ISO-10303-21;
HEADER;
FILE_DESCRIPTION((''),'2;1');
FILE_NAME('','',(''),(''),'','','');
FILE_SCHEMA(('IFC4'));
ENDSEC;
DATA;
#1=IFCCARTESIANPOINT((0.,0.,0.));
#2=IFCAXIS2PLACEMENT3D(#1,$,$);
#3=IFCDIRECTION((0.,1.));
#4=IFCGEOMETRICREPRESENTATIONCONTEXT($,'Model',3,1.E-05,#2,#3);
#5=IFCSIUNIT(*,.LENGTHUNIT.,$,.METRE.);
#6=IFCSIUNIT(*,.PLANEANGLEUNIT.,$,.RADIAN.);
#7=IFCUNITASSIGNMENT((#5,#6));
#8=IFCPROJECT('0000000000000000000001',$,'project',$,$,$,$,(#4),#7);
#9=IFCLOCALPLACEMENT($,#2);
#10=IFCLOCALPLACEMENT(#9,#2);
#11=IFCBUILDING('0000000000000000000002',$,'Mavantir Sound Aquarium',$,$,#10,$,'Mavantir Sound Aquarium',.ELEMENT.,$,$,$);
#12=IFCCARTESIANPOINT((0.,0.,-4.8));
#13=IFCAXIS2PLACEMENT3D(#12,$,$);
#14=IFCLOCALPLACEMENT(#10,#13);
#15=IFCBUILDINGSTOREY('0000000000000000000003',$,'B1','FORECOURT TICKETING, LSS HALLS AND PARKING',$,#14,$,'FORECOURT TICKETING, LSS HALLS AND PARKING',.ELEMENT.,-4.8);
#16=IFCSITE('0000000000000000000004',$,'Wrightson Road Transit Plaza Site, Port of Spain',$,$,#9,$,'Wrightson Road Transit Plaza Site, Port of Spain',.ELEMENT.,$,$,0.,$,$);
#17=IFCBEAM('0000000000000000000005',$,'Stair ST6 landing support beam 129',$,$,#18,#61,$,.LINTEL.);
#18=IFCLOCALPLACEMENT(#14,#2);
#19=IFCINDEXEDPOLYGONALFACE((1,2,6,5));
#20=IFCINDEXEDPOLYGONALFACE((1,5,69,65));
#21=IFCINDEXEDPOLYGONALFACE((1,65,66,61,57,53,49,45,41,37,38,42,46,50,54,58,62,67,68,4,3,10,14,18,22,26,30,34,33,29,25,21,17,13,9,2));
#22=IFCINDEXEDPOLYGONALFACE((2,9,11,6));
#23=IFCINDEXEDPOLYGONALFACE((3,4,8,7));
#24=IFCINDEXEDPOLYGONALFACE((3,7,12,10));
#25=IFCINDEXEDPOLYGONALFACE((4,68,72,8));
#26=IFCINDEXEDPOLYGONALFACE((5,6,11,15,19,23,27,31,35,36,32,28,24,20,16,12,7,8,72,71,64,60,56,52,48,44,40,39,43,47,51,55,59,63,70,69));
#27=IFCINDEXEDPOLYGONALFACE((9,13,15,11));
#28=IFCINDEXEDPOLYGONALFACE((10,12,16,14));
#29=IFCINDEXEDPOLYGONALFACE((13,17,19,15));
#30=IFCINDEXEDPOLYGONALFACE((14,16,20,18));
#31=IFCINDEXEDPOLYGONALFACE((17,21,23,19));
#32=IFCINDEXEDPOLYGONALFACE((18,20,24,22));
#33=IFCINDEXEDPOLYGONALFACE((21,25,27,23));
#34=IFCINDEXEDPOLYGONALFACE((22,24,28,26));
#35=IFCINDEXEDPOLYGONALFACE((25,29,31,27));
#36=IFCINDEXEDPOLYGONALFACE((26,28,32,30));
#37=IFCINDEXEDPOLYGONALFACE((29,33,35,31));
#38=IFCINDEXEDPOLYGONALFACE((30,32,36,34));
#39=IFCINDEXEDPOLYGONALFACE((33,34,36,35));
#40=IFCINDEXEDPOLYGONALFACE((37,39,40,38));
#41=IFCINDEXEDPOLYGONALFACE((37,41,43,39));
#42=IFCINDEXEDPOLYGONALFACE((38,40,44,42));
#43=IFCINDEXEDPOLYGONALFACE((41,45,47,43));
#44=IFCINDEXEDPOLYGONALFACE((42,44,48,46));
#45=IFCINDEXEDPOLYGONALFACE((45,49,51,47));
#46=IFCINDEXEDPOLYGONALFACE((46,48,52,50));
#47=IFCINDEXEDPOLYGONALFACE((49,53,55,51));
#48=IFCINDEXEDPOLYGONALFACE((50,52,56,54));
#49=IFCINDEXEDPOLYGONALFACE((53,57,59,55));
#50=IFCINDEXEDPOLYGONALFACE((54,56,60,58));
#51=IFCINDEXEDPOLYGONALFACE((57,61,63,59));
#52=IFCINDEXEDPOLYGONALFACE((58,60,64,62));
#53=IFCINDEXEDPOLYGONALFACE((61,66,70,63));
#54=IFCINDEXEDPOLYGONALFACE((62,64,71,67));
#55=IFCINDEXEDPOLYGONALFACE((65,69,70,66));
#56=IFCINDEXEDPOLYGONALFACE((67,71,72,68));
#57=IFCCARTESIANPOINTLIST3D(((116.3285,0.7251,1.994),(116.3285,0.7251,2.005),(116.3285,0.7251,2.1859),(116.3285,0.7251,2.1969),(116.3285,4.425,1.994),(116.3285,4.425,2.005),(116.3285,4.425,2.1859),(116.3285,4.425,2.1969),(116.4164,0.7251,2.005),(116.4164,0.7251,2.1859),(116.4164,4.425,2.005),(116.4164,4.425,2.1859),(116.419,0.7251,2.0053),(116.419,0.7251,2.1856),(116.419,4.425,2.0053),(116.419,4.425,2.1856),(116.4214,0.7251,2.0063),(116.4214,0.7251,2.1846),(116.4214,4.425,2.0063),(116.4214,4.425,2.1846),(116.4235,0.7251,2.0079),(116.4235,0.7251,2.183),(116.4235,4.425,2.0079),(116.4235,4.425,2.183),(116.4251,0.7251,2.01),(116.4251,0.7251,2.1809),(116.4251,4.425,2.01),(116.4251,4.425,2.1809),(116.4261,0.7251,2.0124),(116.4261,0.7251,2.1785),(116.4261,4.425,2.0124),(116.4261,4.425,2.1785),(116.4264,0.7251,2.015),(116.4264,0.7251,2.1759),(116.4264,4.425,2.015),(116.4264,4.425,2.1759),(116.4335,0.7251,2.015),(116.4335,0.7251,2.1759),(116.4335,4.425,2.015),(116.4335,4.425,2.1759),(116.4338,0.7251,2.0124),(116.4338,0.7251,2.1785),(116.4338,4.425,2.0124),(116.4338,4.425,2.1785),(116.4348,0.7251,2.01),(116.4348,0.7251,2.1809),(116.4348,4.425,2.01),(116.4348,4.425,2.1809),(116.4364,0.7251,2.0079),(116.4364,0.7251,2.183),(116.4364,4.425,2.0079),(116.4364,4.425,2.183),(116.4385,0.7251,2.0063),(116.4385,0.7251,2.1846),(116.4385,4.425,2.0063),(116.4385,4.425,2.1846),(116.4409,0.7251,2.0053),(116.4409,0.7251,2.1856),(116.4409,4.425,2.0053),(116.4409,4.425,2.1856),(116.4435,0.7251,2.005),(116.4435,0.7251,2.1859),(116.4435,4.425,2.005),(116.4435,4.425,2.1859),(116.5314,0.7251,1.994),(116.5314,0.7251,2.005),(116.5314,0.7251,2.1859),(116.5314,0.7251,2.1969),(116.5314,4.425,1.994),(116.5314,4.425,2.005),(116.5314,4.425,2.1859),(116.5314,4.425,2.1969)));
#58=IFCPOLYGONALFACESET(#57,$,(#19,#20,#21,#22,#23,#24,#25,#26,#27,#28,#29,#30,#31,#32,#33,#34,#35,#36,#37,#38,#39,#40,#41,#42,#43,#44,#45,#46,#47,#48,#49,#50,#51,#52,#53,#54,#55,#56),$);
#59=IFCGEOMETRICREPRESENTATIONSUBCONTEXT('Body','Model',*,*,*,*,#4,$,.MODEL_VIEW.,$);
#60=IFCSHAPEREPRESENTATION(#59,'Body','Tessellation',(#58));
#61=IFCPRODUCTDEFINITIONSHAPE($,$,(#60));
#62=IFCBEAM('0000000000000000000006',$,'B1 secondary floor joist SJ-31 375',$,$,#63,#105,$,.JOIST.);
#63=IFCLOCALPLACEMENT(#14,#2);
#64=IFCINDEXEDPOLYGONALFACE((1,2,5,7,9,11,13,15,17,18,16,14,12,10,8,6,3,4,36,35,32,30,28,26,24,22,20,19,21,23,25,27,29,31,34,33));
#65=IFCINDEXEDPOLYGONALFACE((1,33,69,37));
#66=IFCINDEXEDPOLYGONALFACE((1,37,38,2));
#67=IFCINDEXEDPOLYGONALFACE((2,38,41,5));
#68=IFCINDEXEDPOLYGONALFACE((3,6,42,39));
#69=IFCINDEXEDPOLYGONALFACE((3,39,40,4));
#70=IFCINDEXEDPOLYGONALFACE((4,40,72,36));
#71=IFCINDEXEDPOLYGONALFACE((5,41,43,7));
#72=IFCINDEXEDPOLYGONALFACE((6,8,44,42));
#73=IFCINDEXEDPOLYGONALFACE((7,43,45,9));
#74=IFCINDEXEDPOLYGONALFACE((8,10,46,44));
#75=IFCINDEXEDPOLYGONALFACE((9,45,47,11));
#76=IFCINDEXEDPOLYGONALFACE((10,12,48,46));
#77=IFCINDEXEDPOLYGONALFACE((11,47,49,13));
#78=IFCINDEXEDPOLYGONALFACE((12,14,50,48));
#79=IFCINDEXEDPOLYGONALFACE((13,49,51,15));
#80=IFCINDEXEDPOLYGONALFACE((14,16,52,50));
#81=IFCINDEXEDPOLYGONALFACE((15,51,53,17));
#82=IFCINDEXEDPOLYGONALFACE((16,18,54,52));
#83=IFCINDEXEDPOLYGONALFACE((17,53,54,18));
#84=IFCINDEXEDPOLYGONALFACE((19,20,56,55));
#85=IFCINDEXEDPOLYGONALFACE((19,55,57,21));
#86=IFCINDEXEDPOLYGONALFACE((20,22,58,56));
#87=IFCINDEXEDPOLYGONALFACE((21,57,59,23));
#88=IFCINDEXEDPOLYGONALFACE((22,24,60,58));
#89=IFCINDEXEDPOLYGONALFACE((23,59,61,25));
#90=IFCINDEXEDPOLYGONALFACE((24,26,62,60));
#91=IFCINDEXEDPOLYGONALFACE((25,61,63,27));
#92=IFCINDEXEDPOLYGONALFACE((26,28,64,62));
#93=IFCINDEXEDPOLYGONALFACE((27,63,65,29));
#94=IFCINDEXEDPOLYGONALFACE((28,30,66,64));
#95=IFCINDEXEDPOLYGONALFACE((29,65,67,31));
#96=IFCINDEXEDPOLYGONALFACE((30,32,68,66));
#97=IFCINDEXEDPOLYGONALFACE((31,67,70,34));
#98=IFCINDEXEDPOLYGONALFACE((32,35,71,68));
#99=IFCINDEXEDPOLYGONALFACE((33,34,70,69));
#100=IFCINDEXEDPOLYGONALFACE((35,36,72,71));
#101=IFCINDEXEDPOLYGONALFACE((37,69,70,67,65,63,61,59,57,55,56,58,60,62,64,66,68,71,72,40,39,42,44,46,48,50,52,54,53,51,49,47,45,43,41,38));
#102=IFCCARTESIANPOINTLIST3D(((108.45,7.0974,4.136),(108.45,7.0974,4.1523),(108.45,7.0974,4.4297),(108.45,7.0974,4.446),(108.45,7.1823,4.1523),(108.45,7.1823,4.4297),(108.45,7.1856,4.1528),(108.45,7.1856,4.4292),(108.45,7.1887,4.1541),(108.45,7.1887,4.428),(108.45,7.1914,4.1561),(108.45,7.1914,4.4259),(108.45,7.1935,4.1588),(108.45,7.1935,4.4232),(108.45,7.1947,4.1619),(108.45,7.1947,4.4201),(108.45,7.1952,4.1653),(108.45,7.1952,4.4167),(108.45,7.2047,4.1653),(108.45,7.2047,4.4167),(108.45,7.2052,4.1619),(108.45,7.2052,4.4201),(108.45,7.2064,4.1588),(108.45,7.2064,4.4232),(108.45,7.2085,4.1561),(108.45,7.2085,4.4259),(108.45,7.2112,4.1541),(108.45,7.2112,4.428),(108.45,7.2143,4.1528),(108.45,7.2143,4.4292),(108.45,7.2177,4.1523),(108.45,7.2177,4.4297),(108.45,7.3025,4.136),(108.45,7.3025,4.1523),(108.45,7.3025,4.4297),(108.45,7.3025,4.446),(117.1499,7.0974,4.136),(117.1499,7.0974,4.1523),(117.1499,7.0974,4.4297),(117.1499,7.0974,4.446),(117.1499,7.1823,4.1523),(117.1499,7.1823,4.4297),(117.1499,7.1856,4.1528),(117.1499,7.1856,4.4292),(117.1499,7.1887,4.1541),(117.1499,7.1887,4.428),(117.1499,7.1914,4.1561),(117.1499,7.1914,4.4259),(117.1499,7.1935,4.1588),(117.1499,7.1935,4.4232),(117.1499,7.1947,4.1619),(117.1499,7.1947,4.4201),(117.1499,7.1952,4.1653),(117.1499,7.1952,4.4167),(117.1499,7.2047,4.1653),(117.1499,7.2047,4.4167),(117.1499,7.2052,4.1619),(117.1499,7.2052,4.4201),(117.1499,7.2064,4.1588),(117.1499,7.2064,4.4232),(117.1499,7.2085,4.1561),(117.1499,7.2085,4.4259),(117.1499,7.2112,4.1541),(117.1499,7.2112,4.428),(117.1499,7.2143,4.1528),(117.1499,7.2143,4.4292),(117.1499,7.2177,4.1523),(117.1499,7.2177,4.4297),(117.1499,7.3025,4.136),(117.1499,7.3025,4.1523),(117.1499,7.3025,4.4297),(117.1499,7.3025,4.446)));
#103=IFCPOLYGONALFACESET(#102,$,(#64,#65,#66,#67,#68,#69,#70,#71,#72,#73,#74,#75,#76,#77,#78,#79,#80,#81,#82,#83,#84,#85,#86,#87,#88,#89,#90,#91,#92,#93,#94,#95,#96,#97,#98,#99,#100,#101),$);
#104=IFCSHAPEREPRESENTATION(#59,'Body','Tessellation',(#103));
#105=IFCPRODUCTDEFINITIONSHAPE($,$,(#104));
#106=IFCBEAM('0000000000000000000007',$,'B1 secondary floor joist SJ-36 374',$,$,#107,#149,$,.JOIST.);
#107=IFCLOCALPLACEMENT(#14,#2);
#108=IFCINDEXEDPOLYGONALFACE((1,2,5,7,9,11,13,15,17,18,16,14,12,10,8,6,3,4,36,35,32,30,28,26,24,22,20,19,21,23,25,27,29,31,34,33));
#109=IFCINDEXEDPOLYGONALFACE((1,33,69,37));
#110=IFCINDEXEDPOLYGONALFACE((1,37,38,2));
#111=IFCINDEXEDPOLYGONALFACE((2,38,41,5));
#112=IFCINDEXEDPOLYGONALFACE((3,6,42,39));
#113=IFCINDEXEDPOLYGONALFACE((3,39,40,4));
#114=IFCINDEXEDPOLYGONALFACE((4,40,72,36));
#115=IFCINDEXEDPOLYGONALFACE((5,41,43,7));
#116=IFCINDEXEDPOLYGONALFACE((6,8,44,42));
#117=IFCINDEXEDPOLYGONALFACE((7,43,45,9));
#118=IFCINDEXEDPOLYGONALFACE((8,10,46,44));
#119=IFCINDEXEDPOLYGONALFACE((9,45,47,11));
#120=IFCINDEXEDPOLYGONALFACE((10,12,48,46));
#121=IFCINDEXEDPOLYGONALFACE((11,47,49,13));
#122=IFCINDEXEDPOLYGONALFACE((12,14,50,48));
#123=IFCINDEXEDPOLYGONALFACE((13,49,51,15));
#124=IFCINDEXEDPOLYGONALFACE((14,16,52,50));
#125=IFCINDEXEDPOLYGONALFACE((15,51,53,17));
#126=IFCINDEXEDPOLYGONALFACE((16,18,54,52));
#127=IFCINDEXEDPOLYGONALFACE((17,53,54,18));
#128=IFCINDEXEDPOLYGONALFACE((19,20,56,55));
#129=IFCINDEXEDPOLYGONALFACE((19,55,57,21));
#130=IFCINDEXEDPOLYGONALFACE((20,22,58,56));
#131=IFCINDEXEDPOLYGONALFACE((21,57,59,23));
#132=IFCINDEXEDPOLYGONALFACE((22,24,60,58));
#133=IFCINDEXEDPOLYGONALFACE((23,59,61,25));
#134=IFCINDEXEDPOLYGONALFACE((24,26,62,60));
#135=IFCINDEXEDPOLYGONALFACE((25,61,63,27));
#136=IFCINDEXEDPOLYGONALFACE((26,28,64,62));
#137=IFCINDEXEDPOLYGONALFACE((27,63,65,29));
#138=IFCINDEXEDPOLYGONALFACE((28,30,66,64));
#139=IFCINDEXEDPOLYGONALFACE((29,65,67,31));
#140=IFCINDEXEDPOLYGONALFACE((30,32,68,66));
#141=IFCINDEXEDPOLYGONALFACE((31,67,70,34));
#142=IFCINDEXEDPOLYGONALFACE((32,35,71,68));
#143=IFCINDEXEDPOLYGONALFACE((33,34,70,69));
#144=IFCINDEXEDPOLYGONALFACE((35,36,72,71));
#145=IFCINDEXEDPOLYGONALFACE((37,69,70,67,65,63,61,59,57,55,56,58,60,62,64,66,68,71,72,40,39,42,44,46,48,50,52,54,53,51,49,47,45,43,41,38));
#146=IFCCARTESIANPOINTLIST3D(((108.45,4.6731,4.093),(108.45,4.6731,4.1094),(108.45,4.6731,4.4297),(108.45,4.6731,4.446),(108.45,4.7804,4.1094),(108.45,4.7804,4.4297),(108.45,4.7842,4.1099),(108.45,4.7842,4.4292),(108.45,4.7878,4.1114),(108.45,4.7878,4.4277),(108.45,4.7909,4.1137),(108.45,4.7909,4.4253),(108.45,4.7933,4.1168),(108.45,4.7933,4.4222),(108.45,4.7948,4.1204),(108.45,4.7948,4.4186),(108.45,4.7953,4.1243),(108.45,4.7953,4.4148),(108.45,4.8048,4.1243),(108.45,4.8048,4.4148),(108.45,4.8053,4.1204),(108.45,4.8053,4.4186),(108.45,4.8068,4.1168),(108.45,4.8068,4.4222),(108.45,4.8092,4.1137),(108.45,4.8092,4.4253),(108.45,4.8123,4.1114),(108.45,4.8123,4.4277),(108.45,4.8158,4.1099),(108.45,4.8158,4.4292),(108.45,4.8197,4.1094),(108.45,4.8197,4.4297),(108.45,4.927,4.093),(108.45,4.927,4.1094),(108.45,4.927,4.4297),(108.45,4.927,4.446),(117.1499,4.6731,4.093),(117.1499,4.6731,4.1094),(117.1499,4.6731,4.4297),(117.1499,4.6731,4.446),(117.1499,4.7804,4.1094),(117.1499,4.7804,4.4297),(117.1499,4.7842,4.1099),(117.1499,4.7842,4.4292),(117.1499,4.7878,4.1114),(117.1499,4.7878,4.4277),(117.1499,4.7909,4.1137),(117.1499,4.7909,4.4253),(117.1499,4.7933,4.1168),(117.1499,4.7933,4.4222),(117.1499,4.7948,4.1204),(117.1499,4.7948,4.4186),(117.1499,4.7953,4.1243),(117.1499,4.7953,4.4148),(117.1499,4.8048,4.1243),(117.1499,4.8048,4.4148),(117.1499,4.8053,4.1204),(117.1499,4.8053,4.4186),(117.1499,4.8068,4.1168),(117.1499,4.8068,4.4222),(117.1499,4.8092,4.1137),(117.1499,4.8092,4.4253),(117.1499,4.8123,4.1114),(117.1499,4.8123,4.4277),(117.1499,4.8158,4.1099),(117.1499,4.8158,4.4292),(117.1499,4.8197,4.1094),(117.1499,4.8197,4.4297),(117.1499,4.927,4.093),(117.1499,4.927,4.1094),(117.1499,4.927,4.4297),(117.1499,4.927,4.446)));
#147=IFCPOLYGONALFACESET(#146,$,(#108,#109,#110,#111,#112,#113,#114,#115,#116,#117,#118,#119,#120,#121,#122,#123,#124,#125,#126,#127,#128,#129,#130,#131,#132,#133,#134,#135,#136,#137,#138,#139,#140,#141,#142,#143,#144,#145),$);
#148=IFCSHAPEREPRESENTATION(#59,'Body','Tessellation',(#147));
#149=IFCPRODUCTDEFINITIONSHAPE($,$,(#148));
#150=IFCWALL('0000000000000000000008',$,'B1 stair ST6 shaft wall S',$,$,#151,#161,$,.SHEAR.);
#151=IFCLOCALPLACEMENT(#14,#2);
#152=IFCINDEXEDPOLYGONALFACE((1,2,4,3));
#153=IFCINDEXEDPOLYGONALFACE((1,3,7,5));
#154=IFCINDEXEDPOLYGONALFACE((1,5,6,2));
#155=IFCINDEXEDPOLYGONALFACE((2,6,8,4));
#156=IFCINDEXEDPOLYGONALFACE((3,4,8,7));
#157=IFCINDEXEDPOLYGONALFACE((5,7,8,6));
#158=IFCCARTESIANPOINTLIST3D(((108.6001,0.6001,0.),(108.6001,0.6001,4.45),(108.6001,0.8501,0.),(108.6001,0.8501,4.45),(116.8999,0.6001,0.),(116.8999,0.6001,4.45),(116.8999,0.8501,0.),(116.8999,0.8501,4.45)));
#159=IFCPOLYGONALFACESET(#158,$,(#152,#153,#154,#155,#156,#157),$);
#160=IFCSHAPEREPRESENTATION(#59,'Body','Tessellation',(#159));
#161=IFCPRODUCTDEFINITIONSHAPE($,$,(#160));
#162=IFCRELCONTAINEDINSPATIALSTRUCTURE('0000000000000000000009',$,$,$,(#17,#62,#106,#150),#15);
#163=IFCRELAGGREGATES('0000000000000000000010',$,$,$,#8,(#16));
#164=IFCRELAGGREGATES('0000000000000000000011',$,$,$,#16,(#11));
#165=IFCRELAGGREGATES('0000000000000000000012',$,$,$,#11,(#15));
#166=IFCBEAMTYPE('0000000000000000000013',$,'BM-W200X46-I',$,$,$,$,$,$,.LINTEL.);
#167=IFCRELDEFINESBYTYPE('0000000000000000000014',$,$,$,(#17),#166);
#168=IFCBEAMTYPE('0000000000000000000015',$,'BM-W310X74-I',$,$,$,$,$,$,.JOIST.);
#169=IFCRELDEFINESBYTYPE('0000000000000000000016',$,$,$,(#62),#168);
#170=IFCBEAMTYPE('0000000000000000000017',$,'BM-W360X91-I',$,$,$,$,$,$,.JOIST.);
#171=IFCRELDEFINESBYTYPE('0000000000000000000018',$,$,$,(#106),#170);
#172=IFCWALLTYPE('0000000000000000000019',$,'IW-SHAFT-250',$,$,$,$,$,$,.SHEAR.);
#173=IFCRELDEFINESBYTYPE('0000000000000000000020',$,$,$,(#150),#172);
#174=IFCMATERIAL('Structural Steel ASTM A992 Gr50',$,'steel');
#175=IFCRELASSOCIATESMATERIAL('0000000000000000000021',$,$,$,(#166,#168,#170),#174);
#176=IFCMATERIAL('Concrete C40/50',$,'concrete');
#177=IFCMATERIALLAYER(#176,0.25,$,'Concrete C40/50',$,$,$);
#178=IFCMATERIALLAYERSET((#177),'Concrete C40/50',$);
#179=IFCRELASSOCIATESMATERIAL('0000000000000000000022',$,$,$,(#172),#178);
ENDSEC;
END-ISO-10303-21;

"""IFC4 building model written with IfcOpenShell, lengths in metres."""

from ifc_helpers import new_model, si_unit, direction, frame, frame_2d, origin, origin_2d, place, context, subcontext, project, spatial, rectangle, i_section, extrude, material, layer, layer_set, material_profile, profile_set, type_object, element, save


model = new_model("IFC4")

# Units and contexts
model_context = context("Model", 3, precision=1e-05, world=origin(), true_north=direction((0.0, 1.0)))
body_context = subcontext(model_context, "Body", "Model", "MODEL_VIEW")
ifc_project = project(units=[si_unit("LENGTHUNIT", "METRE"), si_unit("PLANEANGLEUNIT", "RADIAN")], contexts=[model_context])

# Site, building, storey
site_placement = place(None, origin())
site = spatial("IfcSite", under=ifc_project, at=site_placement, Name="Wrightson Road Transit Plaza Site, Port of Spain", LongName="Wrightson Road Transit Plaza Site, Port of Spain", CompositionType="ELEMENT", RefElevation=0.0)
building_placement = place(site_placement, origin())
building = spatial("IfcBuilding", under=site, at=building_placement, Name="Mavantir Sound Aquarium", LongName="Mavantir Sound Aquarium", CompositionType="ELEMENT")
storey_placement = place(building_placement, frame((0.0, 0.0, -4.8)))
storey = spatial("IfcBuildingStorey", under=building, at=storey_placement, Name="B1", Description="FORECOURT TICKETING, LSS HALLS AND PARKING", LongName="FORECOURT TICKETING, LSS HALLS AND PARKING", CompositionType="ELEMENT", Elevation=-4.8)

# Shared definitions
ifc_material_1 = material(Name="Concrete C40/50", Category="concrete")

# Beams
ifc_material_2 = material(Name="Structural Steel ASTM A992 Gr50", Category="steel")
ifc_material_profile_1 = material_profile(ifc_material_2, i_section(OverallWidth=0.2029, OverallDepth=0.2029, WebThickness=0.0071, FlangeThickness=0.011, FilletRadius=0.01, at=origin_2d()), Name="W200X46")
ifc_profile_set_1 = profile_set([ifc_material_profile_1], Name="Structural Steel ASTM A992 Gr50")
beam_type_1 = type_object("IfcBeamType", Name="BM-W200X46-I", PredefinedType="LINTEL", material=ifc_profile_set_1)
for number, where, z_axis, x_axis, name in (
    (1, (116.4299, 0.7251, 2.0955), (0.0, 1.0, 0.0), (-1.0, 0.0, 0.0), "Stair ST6 landing support beam 129"),
):
    element("IfcBeam", number, at=place(storey_placement, frame(where, z_axis=z_axis, x_axis=x_axis)), inside=storey, type_object=beam_type_1, Name=name, PredefinedType="LINTEL", context=body_context, shape_type="SweptSolid", body=[
        extrude(i_section(OverallWidth=0.2029, OverallDepth=0.2029, WebThickness=0.0071, FlangeThickness=0.011, FilletRadius=0.01, at=origin_2d()), origin(), (0.0, 0.0, 1.0), 3.7),
    ])
ifc_material_profile_2 = material_profile(ifc_material_2, i_section(OverallWidth=0.2051, OverallDepth=0.3101, WebThickness=0.0095, FlangeThickness=0.0164, FilletRadius=0.0129, at=origin_2d()), Name="W310X74")
ifc_profile_set_2 = profile_set([ifc_material_profile_2], Name="Structural Steel ASTM A992 Gr50")
beam_type_2 = type_object("IfcBeamType", Name="BM-W310X74-I", PredefinedType="JOIST", material=ifc_profile_set_2)
beam_1_placement = place(storey_placement, frame((108.45, 7.2, 4.291), z_axis=(1.0, 0.0, 0.0), x_axis=(0.0, 1.0, 0.0)))
element("IfcBeam", 2, at=beam_1_placement, inside=storey, type_object=beam_type_2, Name="B1 secondary floor joist SJ-31 375", PredefinedType="JOIST", context=body_context, shape_type="SweptSolid", body=[
    extrude(i_section(OverallWidth=0.2051, OverallDepth=0.3101, WebThickness=0.0095, FlangeThickness=0.0164, FilletRadius=0.0129, at=origin_2d()), origin(), (0.0, 0.0, 1.0), 8.7),
])
ifc_material_profile_3 = material_profile(ifc_material_2, i_section(OverallWidth=0.2539, OverallDepth=0.353, WebThickness=0.0095, FlangeThickness=0.0164, FilletRadius=0.0149, at=origin_2d()), Name="W360X91")
ifc_profile_set_3 = profile_set([ifc_material_profile_3], Name="Structural Steel ASTM A992 Gr50")
beam_type_3 = type_object("IfcBeamType", Name="BM-W360X91-I", PredefinedType="JOIST", material=ifc_profile_set_3)
beam_2_placement = place(storey_placement, frame((108.45, 4.8, 4.2695), z_axis=(1.0, 0.0, 0.0), x_axis=(0.0, 1.0, 0.0)))
element("IfcBeam", 3, at=beam_2_placement, inside=storey, type_object=beam_type_3, Name="B1 secondary floor joist SJ-36 374", PredefinedType="JOIST", context=body_context, shape_type="SweptSolid", body=[
    extrude(i_section(OverallWidth=0.2539, OverallDepth=0.353, WebThickness=0.0095, FlangeThickness=0.0164, FilletRadius=0.0149, at=origin_2d()), origin(), (0.0, 0.0, 1.0), 8.7),
])

# Wall
ifc_layer = layer(ifc_material_1, 0.25, Name="Concrete C40/50")
ifc_layer_set = layer_set([ifc_layer], Name="Concrete C40/50")
wall_type = type_object("IfcWallType", Name="IW-SHAFT-250", PredefinedType="SHEAR", material=ifc_layer_set)
wall_1_placement = place(storey_placement, frame((108.6001, 0.7251, 0.0), z_axis=(0.0, 0.0, 1.0), x_axis=(1.0, 0.0, 0.0)))
element("IfcWall", 4, at=wall_1_placement, inside=storey, type_object=wall_type, Name="B1 stair ST6 shaft wall S", PredefinedType="SHEAR", context=body_context, shape_type="SweptSolid", body=[
    extrude(rectangle(XDim=8.2998, YDim=0.25, at=frame_2d((4.1499, 0.0))), origin(), (0.0, 0.0, 1.0), 4.45),
])

save(model, "model.ifc")
